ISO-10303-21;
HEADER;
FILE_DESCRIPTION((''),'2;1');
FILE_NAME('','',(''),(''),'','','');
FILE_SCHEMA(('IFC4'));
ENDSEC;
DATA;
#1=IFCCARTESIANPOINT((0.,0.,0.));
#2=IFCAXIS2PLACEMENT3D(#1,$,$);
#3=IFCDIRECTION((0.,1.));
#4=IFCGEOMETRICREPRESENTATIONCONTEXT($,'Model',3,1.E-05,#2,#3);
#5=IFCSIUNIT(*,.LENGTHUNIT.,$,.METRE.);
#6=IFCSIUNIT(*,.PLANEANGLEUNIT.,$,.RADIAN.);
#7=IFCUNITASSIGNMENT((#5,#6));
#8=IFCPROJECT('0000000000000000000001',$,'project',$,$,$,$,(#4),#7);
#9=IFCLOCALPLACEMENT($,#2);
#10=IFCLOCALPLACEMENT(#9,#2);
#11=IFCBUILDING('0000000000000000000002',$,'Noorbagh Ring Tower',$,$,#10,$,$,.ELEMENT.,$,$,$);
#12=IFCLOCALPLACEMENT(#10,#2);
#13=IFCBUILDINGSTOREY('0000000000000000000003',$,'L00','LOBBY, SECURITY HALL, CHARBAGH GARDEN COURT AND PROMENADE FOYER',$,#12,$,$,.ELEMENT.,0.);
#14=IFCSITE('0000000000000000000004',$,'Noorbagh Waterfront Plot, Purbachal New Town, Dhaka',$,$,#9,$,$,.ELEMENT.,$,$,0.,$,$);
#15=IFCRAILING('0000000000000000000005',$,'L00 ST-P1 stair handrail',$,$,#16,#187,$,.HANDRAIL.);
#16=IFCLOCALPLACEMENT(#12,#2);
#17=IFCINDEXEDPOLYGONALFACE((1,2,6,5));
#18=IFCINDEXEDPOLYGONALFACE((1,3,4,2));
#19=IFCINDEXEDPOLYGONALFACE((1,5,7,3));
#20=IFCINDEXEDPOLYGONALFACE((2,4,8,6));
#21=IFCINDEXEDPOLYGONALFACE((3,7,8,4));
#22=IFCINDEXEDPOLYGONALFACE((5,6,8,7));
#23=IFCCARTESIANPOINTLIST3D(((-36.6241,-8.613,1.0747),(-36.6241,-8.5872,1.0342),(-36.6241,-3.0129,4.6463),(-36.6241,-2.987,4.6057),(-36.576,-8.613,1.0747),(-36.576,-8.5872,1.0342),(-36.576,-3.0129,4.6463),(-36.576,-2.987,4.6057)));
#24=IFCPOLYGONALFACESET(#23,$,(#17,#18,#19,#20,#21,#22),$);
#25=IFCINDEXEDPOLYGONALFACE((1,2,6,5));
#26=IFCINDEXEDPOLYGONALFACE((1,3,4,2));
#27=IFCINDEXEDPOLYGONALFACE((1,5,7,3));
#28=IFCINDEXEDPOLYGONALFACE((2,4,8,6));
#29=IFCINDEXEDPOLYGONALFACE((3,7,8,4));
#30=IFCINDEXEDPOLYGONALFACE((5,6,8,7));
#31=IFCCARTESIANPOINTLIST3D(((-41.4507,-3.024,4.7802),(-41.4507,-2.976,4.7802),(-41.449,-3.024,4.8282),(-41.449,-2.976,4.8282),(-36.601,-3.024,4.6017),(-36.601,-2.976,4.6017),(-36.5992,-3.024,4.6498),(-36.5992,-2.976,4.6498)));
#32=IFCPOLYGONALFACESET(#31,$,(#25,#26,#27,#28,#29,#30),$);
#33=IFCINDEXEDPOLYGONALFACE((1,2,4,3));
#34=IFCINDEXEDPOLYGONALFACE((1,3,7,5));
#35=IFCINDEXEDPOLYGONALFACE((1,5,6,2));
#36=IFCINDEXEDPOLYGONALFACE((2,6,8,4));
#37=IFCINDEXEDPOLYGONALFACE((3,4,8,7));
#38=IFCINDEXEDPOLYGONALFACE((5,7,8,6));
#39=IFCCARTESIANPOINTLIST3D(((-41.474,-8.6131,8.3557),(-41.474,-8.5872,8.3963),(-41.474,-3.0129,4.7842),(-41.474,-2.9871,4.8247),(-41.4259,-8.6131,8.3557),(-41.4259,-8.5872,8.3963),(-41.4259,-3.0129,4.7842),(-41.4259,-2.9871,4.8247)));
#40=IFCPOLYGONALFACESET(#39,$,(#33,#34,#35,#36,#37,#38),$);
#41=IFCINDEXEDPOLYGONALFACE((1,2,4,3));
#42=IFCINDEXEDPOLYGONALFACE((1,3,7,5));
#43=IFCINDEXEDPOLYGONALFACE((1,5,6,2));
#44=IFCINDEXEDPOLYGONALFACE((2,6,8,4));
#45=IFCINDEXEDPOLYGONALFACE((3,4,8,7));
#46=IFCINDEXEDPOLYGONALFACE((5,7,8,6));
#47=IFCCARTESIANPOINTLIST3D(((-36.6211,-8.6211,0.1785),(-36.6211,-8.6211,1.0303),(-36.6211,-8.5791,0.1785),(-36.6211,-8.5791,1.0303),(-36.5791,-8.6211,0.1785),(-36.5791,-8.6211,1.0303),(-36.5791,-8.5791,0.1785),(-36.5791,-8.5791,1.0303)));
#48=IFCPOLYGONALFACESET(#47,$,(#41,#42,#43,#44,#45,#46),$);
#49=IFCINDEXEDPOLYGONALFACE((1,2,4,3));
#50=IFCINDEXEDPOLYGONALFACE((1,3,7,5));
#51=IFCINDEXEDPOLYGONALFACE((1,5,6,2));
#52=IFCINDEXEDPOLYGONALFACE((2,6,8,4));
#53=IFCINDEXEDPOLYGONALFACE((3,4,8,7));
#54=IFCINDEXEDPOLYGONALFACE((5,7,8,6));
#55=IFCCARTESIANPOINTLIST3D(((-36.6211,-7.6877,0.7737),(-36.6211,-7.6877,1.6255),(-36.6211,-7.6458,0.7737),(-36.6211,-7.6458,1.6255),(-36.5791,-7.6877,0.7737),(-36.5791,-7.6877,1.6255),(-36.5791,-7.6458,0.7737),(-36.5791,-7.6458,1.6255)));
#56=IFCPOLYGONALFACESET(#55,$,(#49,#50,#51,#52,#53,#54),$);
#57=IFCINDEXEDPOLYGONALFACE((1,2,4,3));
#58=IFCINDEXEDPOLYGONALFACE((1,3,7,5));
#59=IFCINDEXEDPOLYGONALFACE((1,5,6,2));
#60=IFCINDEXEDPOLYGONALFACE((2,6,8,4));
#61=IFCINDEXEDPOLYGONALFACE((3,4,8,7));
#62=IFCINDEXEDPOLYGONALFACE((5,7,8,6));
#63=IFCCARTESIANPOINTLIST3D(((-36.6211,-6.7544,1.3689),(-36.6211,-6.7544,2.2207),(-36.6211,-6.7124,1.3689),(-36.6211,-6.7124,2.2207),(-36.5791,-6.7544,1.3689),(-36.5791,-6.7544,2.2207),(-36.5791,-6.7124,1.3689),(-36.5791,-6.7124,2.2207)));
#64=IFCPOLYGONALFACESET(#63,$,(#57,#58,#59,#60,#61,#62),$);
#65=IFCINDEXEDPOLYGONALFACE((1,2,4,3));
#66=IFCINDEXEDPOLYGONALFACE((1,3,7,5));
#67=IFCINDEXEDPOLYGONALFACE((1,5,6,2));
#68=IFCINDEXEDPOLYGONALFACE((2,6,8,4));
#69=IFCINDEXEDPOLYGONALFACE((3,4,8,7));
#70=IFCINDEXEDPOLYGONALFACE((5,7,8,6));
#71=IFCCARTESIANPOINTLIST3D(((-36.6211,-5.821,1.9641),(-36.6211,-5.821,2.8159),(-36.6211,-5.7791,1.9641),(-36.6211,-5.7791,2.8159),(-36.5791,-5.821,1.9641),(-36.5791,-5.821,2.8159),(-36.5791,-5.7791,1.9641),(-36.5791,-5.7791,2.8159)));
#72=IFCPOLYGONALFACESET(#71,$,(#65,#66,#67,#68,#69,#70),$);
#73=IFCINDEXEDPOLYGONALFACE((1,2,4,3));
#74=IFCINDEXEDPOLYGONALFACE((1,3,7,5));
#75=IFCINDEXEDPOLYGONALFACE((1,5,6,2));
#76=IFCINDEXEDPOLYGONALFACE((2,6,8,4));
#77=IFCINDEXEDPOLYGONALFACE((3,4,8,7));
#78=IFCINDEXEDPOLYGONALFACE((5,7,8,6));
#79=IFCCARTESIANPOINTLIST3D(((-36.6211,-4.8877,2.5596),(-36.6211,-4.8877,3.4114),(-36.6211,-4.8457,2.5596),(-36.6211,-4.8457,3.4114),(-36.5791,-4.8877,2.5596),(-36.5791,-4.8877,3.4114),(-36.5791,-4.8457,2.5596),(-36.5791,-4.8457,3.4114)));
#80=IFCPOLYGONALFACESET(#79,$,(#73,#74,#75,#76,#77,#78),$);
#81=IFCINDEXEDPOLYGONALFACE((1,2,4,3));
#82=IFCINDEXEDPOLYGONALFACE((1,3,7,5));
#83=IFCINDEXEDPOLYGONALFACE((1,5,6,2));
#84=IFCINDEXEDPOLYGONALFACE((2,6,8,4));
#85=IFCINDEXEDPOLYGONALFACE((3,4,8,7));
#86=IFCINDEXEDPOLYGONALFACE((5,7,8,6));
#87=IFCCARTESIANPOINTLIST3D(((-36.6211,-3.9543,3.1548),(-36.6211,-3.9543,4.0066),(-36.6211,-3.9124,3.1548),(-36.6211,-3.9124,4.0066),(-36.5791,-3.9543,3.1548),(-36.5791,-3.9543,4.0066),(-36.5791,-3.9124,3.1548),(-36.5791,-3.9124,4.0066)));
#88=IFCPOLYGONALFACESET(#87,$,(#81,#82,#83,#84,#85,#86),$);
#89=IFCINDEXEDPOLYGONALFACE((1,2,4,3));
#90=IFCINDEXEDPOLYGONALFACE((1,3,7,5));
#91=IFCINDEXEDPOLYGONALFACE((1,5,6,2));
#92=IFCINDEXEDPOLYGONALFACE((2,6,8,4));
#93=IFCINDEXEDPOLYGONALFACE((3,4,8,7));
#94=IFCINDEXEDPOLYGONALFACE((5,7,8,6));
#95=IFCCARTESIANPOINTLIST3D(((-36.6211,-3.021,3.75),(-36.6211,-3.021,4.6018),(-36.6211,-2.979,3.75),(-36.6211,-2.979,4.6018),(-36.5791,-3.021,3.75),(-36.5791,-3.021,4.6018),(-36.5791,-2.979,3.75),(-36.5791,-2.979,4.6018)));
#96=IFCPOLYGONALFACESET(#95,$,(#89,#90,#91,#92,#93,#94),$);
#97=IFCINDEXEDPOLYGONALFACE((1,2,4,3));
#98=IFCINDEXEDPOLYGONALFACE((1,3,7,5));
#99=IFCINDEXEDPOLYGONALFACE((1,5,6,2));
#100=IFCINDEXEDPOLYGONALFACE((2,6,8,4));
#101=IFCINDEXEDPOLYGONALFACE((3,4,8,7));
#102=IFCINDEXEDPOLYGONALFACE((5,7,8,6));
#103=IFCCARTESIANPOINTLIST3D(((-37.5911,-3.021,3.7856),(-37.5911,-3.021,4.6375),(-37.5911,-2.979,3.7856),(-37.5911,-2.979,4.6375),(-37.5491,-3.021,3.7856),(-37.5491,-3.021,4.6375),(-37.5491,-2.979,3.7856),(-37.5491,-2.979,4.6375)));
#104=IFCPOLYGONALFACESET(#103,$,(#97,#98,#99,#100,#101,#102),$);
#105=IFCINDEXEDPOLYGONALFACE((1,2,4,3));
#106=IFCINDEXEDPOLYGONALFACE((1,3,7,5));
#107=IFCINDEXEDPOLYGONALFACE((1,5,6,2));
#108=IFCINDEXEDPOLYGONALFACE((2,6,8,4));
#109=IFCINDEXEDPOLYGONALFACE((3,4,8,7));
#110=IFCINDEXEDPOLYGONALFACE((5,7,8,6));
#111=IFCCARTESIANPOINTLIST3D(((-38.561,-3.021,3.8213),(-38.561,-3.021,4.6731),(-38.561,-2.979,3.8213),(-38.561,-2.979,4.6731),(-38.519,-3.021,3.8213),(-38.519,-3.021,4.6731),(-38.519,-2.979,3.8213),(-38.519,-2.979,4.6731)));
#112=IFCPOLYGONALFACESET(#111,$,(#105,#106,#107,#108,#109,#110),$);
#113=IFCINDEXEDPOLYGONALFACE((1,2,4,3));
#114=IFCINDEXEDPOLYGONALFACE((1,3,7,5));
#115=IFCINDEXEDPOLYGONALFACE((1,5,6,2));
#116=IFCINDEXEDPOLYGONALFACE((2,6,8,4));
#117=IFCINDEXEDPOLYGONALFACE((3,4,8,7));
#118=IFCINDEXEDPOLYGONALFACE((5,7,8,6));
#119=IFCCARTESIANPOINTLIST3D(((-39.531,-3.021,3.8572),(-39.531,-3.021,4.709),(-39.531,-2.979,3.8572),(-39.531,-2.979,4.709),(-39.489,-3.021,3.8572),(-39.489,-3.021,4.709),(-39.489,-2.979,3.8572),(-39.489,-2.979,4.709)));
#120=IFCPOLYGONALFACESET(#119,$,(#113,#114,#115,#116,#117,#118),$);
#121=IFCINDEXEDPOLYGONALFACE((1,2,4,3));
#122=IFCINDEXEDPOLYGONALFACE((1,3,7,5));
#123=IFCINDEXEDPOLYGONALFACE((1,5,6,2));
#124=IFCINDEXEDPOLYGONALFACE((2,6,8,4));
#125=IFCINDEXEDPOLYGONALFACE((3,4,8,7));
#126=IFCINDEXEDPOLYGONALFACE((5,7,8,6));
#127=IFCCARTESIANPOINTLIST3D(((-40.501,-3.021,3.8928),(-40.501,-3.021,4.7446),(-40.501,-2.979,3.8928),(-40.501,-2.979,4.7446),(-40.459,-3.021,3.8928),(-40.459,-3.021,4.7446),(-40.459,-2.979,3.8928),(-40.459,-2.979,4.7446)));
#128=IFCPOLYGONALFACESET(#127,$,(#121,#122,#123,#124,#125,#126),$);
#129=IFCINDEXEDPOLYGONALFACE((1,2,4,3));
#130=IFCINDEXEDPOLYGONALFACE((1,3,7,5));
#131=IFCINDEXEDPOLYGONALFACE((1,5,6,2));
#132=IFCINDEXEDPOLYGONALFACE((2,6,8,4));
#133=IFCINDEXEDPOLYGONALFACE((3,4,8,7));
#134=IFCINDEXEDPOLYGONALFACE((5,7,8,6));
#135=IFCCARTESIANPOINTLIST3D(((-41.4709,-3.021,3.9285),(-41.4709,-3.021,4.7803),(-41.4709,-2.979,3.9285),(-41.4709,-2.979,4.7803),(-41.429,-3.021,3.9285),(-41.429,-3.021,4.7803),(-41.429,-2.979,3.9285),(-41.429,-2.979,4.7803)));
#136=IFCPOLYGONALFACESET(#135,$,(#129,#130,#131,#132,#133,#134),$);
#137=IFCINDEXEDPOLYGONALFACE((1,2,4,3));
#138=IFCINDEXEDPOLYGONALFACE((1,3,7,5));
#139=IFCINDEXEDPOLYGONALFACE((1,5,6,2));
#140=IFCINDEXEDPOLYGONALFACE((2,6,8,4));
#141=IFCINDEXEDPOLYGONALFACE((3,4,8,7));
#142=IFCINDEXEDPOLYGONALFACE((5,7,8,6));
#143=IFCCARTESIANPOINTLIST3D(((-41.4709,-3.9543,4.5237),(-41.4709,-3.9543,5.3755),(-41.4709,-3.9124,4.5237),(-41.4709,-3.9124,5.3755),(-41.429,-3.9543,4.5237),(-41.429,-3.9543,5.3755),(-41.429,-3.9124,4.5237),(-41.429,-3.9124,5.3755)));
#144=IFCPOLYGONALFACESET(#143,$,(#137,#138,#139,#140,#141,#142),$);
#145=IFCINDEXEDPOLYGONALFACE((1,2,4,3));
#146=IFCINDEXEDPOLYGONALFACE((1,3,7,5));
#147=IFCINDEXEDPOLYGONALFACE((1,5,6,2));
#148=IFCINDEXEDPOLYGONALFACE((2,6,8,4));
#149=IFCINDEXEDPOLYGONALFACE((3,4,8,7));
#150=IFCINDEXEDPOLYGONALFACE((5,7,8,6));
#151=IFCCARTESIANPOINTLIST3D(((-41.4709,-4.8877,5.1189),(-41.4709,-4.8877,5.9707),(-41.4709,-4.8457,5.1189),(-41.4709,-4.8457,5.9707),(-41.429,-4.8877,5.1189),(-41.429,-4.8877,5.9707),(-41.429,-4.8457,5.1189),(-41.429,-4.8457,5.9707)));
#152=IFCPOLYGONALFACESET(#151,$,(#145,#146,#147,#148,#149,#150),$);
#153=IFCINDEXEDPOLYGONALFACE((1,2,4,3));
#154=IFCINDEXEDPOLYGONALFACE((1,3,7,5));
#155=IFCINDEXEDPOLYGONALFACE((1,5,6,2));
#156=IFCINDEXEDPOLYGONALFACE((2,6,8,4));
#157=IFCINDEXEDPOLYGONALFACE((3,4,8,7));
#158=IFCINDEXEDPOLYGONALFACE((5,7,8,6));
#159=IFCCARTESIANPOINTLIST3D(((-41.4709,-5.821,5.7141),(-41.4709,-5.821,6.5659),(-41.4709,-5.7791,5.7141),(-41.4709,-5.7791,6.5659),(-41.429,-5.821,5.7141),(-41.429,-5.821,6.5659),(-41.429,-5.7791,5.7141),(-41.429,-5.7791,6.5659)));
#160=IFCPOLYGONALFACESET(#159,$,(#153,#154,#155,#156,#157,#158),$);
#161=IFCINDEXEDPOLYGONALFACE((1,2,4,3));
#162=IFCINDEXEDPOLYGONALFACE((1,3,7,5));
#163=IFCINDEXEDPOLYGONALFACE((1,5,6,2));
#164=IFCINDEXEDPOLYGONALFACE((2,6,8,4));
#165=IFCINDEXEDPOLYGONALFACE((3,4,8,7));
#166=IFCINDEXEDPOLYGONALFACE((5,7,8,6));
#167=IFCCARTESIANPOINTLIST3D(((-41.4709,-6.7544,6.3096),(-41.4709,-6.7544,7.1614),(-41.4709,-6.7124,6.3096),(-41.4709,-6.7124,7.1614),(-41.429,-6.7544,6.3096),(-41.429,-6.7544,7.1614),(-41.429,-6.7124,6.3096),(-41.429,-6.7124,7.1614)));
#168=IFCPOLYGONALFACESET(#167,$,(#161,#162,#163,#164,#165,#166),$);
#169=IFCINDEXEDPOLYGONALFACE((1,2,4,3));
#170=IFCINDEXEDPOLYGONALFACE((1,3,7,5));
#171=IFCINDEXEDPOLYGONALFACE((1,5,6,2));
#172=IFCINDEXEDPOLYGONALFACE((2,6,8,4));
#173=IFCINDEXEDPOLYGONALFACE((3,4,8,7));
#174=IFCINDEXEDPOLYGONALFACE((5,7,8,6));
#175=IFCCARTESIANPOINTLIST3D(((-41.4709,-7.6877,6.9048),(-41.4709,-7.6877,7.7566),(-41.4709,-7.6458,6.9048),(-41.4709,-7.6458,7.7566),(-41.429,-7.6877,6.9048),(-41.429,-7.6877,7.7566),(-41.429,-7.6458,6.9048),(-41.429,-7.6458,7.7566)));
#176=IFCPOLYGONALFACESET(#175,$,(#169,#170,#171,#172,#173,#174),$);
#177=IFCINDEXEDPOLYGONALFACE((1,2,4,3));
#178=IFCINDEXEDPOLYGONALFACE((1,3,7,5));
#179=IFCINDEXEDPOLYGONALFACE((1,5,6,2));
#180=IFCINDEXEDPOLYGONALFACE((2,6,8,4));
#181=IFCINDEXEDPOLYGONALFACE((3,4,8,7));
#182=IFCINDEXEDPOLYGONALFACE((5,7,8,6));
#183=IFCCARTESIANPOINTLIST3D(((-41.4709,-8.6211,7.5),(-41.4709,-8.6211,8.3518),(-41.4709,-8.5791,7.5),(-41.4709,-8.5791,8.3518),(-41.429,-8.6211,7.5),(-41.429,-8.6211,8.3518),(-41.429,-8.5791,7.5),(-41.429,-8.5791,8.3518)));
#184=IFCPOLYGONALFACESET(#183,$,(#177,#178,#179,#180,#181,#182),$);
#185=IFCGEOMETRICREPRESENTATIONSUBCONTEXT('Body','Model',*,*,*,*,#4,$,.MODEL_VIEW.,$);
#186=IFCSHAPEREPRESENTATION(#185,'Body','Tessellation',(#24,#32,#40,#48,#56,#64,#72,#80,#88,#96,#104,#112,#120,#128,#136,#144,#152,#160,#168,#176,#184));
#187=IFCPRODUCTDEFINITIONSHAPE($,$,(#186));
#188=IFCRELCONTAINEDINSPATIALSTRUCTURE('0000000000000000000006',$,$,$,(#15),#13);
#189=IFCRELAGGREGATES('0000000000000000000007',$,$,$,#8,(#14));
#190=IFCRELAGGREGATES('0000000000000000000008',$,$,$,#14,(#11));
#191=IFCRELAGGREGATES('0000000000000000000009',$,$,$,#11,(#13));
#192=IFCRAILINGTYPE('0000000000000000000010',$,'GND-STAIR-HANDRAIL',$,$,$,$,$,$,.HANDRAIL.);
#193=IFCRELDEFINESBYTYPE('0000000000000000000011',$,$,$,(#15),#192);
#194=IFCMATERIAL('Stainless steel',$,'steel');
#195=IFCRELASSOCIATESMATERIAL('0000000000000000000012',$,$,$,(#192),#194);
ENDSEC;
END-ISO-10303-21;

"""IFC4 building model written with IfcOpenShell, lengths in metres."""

from ifc_helpers import new_model, si_unit, direction, frame, origin, origin_2d, place, context, subcontext, project, spatial, rectangle, extrude, material, type_object, element, save


model = new_model("IFC4")

# Units and contexts
model_context = context("Model", 3, precision=1e-05, world=origin(), true_north=direction((0.0, 1.0)))
body_context = subcontext(model_context, "Body", "Model", "MODEL_VIEW")
ifc_project = project(units=[si_unit("LENGTHUNIT", "METRE"), si_unit("PLANEANGLEUNIT", "RADIAN")], contexts=[model_context])

# Site, building, storey
site_placement = place(None, origin())
site = spatial("IfcSite", under=ifc_project, at=site_placement, Name="Noorbagh Waterfront Plot, Purbachal New Town, Dhaka", CompositionType="ELEMENT", RefElevation=0.0)
building_placement = place(site_placement, origin())
building = spatial("IfcBuilding", under=site, at=building_placement, Name="Noorbagh Ring Tower", CompositionType="ELEMENT")
storey_placement = place(building_placement, origin())
storey = spatial("IfcBuildingStorey", under=building, at=storey_placement, Name="L00", Description="LOBBY, SECURITY HALL, CHARBAGH GARDEN COURT AND PROMENADE FOYER", CompositionType="ELEMENT", Elevation=0.0)

# Railing
ifc_material_1 = material(Name="Stainless steel", Category="steel")
railing_type_1 = type_object("IfcRailingType", Name="GND-STAIR-HANDRAIL", PredefinedType="HANDRAIL", material=ifc_material_1)
railing_1_placement = place(storey_placement, frame((-36.6001, -8.6001, 0.1785)))
element("IfcRailing", 1, at=railing_1_placement, inside=storey, type_object=railing_type_1, Name="L00 ST-P1 stair handrail", PredefinedType="HANDRAIL", context=body_context, shape_type="SweptSolid", body=[
    extrude(rectangle(XDim=0.0481, YDim=0.0481, at=origin_2d()), frame((0.0, 0.0, 0.876), z_axis=(0.0, 0.843127, 0.537715), x_axis=(-1.0, 0.0, 0.0)), (0.0, 0.0, 1.0), 6.6421),
    extrude(rectangle(XDim=0.0481, YDim=0.0481, at=origin_2d()), frame((0.0, 5.6001, 4.4473), z_axis=(-0.999324, 0.0, 0.036773), x_axis=(0.0, -1.0, 0.0)), (0.0, 0.0, 1.0), 4.853),
    extrude(rectangle(XDim=0.0481, YDim=0.0481, at=origin_2d()), frame((-4.8499, 5.6001, 4.626), z_axis=(0.0, -0.843127, 0.537715), x_axis=(1.0, 0.0, 0.0)), (0.0, 0.0, 1.0), 6.6421),
    extrude(rectangle(XDim=0.042, YDim=0.042, at=origin_2d()), origin(), (0.0, 0.0, 1.0), 0.8518),
    extrude(rectangle(XDim=0.042, YDim=0.042, at=origin_2d()), frame((0.0, 0.9333, 0.5952)), (0.0, 0.0, 1.0), 0.8518),
    extrude(rectangle(XDim=0.042, YDim=0.042, at=origin_2d()), frame((0.0, 1.8667, 1.1904)), (0.0, 0.0, 1.0), 0.8518),
    extrude(rectangle(XDim=0.042, YDim=0.042, at=origin_2d()), frame((0.0, 2.8, 1.7856)), (0.0, 0.0, 1.0), 0.8518),
    extrude(rectangle(XDim=0.042, YDim=0.042, at=origin_2d()), frame((0.0, 3.7334, 2.3811)), (0.0, 0.0, 1.0), 0.8518),
    extrude(rectangle(XDim=0.042, YDim=0.042, at=origin_2d()), frame((0.0, 4.6667, 2.9763)), (0.0, 0.0, 1.0), 0.8518),
    extrude(rectangle(XDim=0.042, YDim=0.042, at=origin_2d()), frame((0.0, 5.6001, 3.5715)), (0.0, 0.0, 1.0), 0.8518),
    extrude(rectangle(XDim=0.042, YDim=0.042, at=origin_2d()), frame((-0.97, 5.6001, 3.6072)), (0.0, 0.0, 1.0), 0.8518),
    extrude(rectangle(XDim=0.042, YDim=0.042, at=origin_2d()), frame((-1.9399, 5.6001, 3.6428)), (0.0, 0.0, 1.0), 0.8518),
    extrude(rectangle(XDim=0.042, YDim=0.042, at=origin_2d()), frame((-2.9099, 5.6001, 3.6787)), (0.0, 0.0, 1.0), 0.8518),
    extrude(rectangle(XDim=0.042, YDim=0.042, at=origin_2d()), frame((-3.8799, 5.6001, 3.7144)), (0.0, 0.0, 1.0), 0.8518),
    extrude(rectangle(XDim=0.042, YDim=0.042, at=origin_2d()), frame((-4.8499, 5.6001, 3.75)), (0.0, 0.0, 1.0), 0.8518),
    extrude(rectangle(XDim=0.042, YDim=0.042, at=origin_2d()), frame((-4.8499, 4.6667, 4.3452)), (0.0, 0.0, 1.0), 0.8518),
    extrude(rectangle(XDim=0.042, YDim=0.042, at=origin_2d()), frame((-4.8499, 3.7334, 4.9404)), (0.0, 0.0, 1.0), 0.8518),
    extrude(rectangle(XDim=0.042, YDim=0.042, at=origin_2d()), frame((-4.8499, 2.8, 5.5356)), (0.0, 0.0, 1.0), 0.8518),
    extrude(rectangle(XDim=0.042, YDim=0.042, at=origin_2d()), frame((-4.8499, 1.8667, 6.1311)), (0.0, 0.0, 1.0), 0.8518),
    extrude(rectangle(XDim=0.042, YDim=0.042, at=origin_2d()), frame((-4.8499, 0.9333, 6.7263)), (0.0, 0.0, 1.0), 0.8518),
    extrude(rectangle(XDim=0.042, YDim=0.042, at=origin_2d()), frame((-4.8499, 0.0, 7.3215)), (0.0, 0.0, 1.0), 0.8518),
])

save(model, "model.ifc")
